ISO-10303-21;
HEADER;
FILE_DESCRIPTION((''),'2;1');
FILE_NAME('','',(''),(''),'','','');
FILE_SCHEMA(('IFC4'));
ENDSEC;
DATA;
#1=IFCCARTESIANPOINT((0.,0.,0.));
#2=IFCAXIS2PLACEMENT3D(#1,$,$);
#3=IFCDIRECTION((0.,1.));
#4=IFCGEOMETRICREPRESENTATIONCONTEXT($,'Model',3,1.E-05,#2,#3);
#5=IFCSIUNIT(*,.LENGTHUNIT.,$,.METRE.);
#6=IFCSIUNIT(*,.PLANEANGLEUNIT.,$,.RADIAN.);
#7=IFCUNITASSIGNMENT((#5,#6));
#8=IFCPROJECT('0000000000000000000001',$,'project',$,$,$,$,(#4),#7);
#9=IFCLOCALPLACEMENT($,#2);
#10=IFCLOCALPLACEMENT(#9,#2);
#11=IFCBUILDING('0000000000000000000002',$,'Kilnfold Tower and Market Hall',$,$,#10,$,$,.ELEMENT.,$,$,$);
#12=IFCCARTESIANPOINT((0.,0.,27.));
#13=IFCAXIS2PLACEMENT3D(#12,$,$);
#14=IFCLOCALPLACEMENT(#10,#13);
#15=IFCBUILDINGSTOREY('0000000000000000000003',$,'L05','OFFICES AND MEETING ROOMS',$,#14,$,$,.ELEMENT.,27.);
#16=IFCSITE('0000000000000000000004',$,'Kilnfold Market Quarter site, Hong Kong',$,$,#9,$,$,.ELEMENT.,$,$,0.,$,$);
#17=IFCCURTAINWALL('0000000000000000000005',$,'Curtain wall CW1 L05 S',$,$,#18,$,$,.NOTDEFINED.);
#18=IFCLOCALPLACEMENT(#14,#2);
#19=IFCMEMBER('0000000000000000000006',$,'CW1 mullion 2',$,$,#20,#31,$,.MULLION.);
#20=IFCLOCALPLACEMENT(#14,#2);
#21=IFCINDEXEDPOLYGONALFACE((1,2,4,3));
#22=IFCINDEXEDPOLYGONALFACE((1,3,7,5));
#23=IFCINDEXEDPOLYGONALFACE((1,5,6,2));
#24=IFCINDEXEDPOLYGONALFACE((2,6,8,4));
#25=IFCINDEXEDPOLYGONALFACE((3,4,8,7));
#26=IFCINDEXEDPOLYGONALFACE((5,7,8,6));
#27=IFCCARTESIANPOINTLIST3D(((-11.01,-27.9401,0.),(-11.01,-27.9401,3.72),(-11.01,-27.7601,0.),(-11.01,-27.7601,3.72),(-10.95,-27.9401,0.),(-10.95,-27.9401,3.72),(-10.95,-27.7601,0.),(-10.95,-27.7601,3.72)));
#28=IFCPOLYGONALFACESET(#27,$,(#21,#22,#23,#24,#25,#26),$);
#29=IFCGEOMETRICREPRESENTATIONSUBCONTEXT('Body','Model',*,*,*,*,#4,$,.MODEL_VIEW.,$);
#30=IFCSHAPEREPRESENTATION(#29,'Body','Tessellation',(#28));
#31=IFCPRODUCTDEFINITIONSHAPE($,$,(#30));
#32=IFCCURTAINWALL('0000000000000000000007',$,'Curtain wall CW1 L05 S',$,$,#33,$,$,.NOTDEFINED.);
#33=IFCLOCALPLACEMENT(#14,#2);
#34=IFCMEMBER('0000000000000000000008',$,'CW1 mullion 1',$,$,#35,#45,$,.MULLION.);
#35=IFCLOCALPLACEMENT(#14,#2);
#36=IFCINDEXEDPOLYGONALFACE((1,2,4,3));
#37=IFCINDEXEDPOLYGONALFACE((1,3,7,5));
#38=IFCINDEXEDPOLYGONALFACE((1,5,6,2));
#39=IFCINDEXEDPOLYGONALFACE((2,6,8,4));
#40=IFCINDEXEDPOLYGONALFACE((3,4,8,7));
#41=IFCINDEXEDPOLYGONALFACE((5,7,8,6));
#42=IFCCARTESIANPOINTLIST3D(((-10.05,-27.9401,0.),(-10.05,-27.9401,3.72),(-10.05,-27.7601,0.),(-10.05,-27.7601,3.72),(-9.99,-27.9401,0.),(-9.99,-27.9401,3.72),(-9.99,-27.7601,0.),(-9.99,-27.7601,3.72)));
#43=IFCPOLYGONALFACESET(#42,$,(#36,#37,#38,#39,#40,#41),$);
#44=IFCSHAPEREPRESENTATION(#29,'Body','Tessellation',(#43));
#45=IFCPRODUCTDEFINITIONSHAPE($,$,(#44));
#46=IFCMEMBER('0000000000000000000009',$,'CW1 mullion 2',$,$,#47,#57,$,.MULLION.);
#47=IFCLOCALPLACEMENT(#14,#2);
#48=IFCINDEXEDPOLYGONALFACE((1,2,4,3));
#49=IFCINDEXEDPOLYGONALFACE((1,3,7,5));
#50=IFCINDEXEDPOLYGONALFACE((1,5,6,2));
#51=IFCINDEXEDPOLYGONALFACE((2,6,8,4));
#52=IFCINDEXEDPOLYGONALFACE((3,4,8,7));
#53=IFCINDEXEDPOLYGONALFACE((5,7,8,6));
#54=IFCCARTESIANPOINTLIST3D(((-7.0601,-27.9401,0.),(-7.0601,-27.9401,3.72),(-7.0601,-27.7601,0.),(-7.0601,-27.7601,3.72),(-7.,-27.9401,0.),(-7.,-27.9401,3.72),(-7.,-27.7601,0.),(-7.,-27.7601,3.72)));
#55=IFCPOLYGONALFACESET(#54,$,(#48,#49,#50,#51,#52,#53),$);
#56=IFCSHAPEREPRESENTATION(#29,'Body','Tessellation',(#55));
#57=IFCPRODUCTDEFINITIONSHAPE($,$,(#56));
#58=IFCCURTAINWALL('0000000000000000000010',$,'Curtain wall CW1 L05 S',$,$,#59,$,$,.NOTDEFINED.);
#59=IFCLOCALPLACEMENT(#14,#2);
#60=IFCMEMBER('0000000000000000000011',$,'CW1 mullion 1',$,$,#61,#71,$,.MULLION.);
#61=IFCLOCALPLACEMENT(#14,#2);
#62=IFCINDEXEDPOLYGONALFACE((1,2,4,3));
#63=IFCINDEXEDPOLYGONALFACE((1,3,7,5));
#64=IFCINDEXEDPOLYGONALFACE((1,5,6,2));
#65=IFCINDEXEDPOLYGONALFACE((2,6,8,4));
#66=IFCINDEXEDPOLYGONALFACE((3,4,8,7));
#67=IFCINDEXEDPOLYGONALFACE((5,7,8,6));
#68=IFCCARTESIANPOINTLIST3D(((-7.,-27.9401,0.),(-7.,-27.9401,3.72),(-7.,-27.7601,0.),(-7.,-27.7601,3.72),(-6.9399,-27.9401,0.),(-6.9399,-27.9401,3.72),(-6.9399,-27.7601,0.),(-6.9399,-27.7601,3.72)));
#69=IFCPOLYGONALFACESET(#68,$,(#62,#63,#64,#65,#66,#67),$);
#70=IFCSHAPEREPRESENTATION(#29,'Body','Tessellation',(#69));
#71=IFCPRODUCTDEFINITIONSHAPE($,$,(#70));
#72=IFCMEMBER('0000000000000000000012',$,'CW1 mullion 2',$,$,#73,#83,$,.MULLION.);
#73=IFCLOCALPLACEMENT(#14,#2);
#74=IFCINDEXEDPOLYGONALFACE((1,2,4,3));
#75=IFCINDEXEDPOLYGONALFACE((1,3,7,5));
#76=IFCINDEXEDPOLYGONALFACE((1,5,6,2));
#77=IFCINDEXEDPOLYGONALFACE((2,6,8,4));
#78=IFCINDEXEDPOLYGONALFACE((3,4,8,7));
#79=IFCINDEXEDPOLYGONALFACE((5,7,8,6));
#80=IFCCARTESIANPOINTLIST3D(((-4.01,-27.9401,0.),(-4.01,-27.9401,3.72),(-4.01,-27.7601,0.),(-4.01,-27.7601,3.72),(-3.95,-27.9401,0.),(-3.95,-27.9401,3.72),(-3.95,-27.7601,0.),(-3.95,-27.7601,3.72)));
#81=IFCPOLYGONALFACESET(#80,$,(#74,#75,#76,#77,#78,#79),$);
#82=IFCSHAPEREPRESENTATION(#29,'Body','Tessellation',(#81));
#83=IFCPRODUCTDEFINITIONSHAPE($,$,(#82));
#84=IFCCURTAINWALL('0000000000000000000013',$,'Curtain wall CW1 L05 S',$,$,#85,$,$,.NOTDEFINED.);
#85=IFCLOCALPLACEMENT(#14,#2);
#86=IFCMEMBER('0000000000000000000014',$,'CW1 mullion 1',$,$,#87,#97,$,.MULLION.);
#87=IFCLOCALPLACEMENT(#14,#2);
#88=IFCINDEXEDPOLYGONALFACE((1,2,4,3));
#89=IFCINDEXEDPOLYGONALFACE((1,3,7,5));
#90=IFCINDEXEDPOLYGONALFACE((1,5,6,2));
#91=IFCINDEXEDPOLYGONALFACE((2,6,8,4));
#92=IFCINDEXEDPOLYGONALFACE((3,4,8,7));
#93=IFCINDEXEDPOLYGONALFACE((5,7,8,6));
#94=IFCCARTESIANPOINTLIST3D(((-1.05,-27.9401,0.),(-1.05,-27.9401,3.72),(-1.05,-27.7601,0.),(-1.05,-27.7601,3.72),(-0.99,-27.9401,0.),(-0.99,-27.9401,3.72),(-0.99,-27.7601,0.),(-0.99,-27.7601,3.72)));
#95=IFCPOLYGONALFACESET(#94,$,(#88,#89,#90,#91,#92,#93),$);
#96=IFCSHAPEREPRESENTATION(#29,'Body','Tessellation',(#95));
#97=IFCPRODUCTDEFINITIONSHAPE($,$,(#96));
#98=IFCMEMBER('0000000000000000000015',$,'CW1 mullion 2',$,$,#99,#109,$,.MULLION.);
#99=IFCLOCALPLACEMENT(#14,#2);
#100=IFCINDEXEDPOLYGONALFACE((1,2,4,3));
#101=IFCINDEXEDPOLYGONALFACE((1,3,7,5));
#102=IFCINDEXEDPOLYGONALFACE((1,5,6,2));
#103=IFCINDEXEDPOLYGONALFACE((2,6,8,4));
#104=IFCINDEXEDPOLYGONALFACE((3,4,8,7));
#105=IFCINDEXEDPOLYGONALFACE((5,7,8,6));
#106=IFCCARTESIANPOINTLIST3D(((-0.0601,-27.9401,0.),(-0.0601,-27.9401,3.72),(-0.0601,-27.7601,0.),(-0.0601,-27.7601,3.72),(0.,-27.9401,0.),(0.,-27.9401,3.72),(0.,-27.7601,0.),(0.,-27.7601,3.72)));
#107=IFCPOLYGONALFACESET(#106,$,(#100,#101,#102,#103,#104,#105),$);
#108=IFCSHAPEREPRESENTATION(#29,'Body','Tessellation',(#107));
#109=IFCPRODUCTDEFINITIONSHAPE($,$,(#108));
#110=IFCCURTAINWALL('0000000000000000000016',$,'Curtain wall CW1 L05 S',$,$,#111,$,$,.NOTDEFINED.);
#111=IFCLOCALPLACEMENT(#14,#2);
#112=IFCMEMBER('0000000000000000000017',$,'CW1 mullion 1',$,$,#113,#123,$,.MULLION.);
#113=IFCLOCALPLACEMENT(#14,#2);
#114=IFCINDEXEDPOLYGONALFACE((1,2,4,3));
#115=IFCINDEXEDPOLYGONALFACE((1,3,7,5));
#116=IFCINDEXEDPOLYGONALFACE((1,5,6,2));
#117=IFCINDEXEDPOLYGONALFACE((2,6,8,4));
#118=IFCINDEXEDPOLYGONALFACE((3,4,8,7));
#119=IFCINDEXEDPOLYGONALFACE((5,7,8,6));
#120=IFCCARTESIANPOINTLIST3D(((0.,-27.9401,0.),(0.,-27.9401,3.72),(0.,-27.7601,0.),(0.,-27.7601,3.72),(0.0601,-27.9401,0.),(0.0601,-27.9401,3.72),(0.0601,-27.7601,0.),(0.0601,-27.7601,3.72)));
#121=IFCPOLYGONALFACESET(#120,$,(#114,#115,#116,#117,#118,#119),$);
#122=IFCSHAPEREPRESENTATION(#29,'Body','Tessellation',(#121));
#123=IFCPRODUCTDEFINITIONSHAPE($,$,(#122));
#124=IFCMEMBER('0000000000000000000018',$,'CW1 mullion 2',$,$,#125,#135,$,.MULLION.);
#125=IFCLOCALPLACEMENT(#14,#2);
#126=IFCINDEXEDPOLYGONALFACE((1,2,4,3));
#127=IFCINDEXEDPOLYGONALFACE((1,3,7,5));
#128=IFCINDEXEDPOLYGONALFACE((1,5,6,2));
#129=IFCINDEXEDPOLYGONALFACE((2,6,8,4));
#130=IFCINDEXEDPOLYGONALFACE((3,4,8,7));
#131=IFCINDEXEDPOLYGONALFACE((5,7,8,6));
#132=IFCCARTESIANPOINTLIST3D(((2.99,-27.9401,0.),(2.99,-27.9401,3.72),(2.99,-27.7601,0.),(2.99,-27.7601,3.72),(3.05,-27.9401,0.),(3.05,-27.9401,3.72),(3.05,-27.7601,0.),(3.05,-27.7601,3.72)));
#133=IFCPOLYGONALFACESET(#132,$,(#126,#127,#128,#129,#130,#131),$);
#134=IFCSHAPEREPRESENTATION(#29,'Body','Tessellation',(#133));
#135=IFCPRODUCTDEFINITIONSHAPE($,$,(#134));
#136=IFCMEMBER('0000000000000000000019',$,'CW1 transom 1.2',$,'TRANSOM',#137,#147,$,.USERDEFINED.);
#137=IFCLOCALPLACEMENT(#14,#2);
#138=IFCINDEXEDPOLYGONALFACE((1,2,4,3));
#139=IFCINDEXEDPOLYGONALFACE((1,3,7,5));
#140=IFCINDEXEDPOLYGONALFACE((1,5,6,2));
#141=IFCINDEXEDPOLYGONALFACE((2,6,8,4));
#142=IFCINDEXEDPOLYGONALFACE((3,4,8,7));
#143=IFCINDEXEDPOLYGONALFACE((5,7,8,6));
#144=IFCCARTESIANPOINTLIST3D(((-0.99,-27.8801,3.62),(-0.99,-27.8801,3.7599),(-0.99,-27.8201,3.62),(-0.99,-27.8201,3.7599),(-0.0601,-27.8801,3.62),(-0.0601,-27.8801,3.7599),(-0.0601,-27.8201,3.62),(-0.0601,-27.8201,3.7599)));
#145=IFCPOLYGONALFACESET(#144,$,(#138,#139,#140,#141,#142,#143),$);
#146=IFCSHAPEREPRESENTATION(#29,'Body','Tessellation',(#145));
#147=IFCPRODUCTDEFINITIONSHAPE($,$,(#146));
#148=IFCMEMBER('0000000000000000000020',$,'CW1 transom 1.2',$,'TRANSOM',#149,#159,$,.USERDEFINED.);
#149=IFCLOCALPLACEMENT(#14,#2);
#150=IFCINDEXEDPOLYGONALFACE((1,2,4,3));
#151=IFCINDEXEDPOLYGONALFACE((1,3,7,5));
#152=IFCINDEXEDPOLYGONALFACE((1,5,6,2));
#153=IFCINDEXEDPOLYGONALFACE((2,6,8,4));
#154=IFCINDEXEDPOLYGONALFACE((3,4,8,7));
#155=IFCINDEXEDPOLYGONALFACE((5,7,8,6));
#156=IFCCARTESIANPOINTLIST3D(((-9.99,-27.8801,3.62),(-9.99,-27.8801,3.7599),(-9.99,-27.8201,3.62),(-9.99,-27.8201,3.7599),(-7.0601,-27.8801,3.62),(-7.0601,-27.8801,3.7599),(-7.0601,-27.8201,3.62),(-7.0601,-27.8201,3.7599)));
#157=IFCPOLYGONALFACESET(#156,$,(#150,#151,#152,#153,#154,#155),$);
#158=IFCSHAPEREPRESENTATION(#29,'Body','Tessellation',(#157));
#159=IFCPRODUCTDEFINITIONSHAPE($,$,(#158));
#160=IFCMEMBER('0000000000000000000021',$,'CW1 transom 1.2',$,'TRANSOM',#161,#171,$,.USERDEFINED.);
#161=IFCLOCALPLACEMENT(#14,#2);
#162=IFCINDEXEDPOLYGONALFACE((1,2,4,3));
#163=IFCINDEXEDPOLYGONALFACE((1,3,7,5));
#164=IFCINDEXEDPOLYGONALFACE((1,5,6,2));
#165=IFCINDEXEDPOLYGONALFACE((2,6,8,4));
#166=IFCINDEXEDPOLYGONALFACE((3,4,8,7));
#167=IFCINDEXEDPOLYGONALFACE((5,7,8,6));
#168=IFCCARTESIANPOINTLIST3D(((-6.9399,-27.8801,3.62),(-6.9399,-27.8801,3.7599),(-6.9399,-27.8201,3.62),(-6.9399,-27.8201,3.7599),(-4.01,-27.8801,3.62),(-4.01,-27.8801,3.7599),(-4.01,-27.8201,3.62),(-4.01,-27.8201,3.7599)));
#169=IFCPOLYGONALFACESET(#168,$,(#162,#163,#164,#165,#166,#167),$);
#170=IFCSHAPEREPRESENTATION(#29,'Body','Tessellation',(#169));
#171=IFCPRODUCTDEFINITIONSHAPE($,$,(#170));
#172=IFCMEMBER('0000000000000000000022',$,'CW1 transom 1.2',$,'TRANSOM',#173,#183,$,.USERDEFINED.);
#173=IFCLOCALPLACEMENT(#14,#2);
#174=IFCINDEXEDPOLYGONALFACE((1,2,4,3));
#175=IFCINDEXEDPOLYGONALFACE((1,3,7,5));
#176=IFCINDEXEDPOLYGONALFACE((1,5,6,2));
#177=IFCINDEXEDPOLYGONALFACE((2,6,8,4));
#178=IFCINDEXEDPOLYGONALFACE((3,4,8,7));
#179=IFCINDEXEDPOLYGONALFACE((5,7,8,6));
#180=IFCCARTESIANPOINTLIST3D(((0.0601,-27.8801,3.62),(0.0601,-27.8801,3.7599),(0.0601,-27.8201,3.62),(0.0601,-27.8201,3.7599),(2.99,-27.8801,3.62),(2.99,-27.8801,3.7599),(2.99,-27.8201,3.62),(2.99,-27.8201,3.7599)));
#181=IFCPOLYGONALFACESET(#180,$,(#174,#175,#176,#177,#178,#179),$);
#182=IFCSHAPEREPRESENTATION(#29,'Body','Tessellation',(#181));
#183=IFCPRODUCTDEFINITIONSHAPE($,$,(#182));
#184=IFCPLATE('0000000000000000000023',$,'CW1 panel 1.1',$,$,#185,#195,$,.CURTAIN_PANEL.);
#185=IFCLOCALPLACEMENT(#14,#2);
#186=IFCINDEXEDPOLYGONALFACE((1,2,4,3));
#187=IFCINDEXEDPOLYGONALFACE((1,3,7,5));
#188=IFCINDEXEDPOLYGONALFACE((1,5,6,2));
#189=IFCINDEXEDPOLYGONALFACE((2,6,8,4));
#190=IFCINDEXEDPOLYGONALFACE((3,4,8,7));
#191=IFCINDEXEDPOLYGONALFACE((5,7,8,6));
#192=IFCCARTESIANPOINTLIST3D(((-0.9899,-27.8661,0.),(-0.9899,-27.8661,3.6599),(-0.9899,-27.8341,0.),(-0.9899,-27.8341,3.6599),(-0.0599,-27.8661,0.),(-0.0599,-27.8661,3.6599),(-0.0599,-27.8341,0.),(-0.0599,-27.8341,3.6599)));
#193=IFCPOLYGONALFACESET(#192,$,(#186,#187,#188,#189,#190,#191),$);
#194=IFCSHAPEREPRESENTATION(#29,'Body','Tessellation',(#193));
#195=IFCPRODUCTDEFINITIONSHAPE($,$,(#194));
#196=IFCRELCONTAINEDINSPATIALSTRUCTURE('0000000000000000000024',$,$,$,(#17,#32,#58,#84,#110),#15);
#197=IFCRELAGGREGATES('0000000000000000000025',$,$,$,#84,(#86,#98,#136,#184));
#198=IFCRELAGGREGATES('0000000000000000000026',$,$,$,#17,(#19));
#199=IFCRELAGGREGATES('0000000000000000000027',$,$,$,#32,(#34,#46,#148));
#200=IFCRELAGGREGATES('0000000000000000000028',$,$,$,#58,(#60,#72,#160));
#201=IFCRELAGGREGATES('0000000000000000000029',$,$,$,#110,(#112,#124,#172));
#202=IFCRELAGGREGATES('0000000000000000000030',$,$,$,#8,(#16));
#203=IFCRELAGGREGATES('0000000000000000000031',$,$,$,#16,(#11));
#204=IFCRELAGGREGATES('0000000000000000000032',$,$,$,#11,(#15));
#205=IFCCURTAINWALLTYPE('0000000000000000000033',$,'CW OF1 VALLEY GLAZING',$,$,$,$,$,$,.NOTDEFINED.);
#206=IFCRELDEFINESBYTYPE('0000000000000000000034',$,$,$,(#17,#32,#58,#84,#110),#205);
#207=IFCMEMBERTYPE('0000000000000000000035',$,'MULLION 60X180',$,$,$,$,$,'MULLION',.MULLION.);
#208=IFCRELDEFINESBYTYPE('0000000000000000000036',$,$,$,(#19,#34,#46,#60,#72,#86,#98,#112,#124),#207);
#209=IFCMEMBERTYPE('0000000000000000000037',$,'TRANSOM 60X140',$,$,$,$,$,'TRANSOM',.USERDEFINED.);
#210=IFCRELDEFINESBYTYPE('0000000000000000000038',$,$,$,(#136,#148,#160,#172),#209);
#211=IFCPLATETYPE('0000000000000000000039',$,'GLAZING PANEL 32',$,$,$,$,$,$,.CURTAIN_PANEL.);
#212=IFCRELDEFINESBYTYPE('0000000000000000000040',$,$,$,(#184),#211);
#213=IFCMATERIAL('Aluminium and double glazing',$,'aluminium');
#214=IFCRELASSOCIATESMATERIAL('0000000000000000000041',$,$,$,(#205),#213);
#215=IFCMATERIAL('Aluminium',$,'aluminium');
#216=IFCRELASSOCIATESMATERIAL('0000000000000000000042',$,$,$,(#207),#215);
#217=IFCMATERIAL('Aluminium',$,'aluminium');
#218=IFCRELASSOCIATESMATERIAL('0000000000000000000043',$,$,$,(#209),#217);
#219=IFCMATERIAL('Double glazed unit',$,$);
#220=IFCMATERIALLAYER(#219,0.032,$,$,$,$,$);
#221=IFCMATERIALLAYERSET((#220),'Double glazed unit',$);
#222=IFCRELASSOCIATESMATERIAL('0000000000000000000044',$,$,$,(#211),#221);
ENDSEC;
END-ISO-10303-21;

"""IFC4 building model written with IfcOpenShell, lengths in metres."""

from ifc_helpers import new_model, si_unit, direction, frame, origin, origin_2d, place, context, subcontext, project, spatial, rectangle, extrude, source, transform, mapped, material, layer, layer_set, material_profile, profile_set, type_object, element, aggregate, save


model = new_model("IFC4")

# Units and contexts
model_context = context("Model", 3, precision=1e-05, world=origin(), true_north=direction((0.0, 1.0)))
body_context = subcontext(model_context, "Body", "Model", "MODEL_VIEW")
ifc_project = project(units=[si_unit("LENGTHUNIT", "METRE"), si_unit("PLANEANGLEUNIT", "RADIAN")], contexts=[model_context])

# Site, building, storey
site_placement = place(None, origin())
site = spatial("IfcSite", under=ifc_project, at=site_placement, Name="Kilnfold Market Quarter site, Hong Kong", CompositionType="ELEMENT", RefElevation=0.0)
building_placement = place(site_placement, origin())
building = spatial("IfcBuilding", under=site, at=building_placement, Name="Kilnfold Tower and Market Hall", CompositionType="ELEMENT")
storey_placement = place(building_placement, frame((0.0, 0.0, 27.0)))
storey = spatial("IfcBuildingStorey", under=building, at=storey_placement, Name="L05", Description="OFFICES AND MEETING ROOMS", CompositionType="ELEMENT", Elevation=27.0)

# Curtain wall, member
ifc_material_1 = material(Name="Aluminium and double glazing", Category="aluminium")
curtain_wall_type = type_object("IfcCurtainWallType", Name="CW OF1 VALLEY GLAZING", PredefinedType="NOTDEFINED", material=ifc_material_1)
curtain_wall_1_placement = place(storey_placement, origin())
curtain_wall_1 = element("IfcCurtainWall", 1, at=curtain_wall_1_placement, inside=storey, type_object=curtain_wall_type, Name="Curtain wall CW1 L05 S", PredefinedType="NOTDEFINED")
ifc_material_2 = material(Name="Aluminium", Category="aluminium")
ifc_material_profile_1 = material_profile(ifc_material_2, rectangle(XDim=0.0601, YDim=0.1799, at=origin_2d()), Name="MULLION 60x180")
ifc_profile_set_1 = profile_set([ifc_material_profile_1], Name="Aluminium")
member_type_1 = type_object("IfcMemberType", Name="MULLION 60X180", ElementType="MULLION", PredefinedType="MULLION", material=ifc_profile_set_1)
shared_shape_1 = source(origin(), body_context, "Body", "SweptSolid", [
    extrude(rectangle(XDim=0.0601, YDim=0.1799, at=origin_2d()), origin(), (0.0, 0.0, 1.0), 3.72),
])
member_1_placement = place(storey_placement, frame((-10.98, -27.8501, 0.0), z_axis=(0.0, 0.0, 1.0), x_axis=(1.0, 0.0, 0.0)))
member_1 = element("IfcMember", 2, at=member_1_placement, type_object=member_type_1, Name="CW1 mullion 2", PredefinedType="MULLION", context=body_context, shape_type="MappedRepresentation", body=[
    mapped(shared_shape_1, transform((0.0, 0.0, 0.0))),
])

# Curtain walls, members
curtain_wall_2_placement = place(storey_placement, origin())
curtain_wall_2 = element("IfcCurtainWall", 3, at=curtain_wall_2_placement, inside=storey, type_object=curtain_wall_type, Name="Curtain wall CW1 L05 S", PredefinedType="NOTDEFINED")
member_2_placement = place(storey_placement, frame((-10.02, -27.8501, 0.0), z_axis=(0.0, 0.0, 1.0), x_axis=(1.0, 0.0, 0.0)))
member_2 = element("IfcMember", 4, at=member_2_placement, type_object=member_type_1, Name="CW1 mullion 1", PredefinedType="MULLION", context=body_context, shape_type="MappedRepresentation", body=[
    mapped(shared_shape_1, transform((0.0, 0.0, 0.0))),
])
member_3_placement = place(storey_placement, frame((-7.03, -27.8501, 0.0), z_axis=(0.0, 0.0, 1.0), x_axis=(1.0, 0.0, 0.0)))
member_3 = element("IfcMember", 5, at=member_3_placement, type_object=member_type_1, Name="CW1 mullion 2", PredefinedType="MULLION", context=body_context, shape_type="MappedRepresentation", body=[
    mapped(shared_shape_1, transform((0.0, 0.0, 0.0))),
])
curtain_wall_3_placement = place(storey_placement, origin())
curtain_wall_3 = element("IfcCurtainWall", 6, at=curtain_wall_3_placement, inside=storey, type_object=curtain_wall_type, Name="Curtain wall CW1 L05 S", PredefinedType="NOTDEFINED")
member_4_placement = place(storey_placement, frame((-6.97, -27.8501, 0.0), z_axis=(0.0, 0.0, 1.0), x_axis=(1.0, 0.0, 0.0)))
member_4 = element("IfcMember", 7, at=member_4_placement, type_object=member_type_1, Name="CW1 mullion 1", PredefinedType="MULLION", context=body_context, shape_type="MappedRepresentation", body=[
    mapped(shared_shape_1, transform((0.0, 0.0, 0.0))),
])
member_5_placement = place(storey_placement, frame((-3.98, -27.8501, 0.0), z_axis=(0.0, 0.0, 1.0), x_axis=(1.0, 0.0, 0.0)))
member_5 = element("IfcMember", 8, at=member_5_placement, type_object=member_type_1, Name="CW1 mullion 2", PredefinedType="MULLION", context=body_context, shape_type="MappedRepresentation", body=[
    mapped(shared_shape_1, transform((0.0, 0.0, 0.0))),
])
curtain_wall_4_placement = place(storey_placement, origin())
curtain_wall_4 = element("IfcCurtainWall", 9, at=curtain_wall_4_placement, inside=storey, type_object=curtain_wall_type, Name="Curtain wall CW1 L05 S", PredefinedType="NOTDEFINED")
member_6_placement = place(storey_placement, frame((-1.02, -27.8501, 0.0), z_axis=(0.0, 0.0, 1.0), x_axis=(1.0, 0.0, 0.0)))
member_6 = element("IfcMember", 10, at=member_6_placement, type_object=member_type_1, Name="CW1 mullion 1", PredefinedType="MULLION", context=body_context, shape_type="MappedRepresentation", body=[
    mapped(shared_shape_1, transform((0.0, 0.0, 0.0))),
])
member_7_placement = place(storey_placement, frame((-0.03, -27.8501, 0.0), z_axis=(0.0, 0.0, 1.0), x_axis=(1.0, 0.0, 0.0)))
member_7 = element("IfcMember", 11, at=member_7_placement, type_object=member_type_1, Name="CW1 mullion 2", PredefinedType="MULLION", context=body_context, shape_type="MappedRepresentation", body=[
    mapped(shared_shape_1, transform((0.0, 0.0, 0.0))),
])
curtain_wall_5_placement = place(storey_placement, origin())
curtain_wall_5 = element("IfcCurtainWall", 12, at=curtain_wall_5_placement, inside=storey, type_object=curtain_wall_type, Name="Curtain wall CW1 L05 S", PredefinedType="NOTDEFINED")
member_8_placement = place(storey_placement, frame((0.03, -27.8501, 0.0), z_axis=(0.0, 0.0, 1.0), x_axis=(1.0, 0.0, 0.0)))
member_8 = element("IfcMember", 13, at=member_8_placement, type_object=member_type_1, Name="CW1 mullion 1", PredefinedType="MULLION", context=body_context, shape_type="MappedRepresentation", body=[
    mapped(shared_shape_1, transform((0.0, 0.0, 0.0))),
])
member_9_placement = place(storey_placement, frame((3.02, -27.8501, 0.0), z_axis=(0.0, 0.0, 1.0), x_axis=(1.0, 0.0, 0.0)))
member_9 = element("IfcMember", 14, at=member_9_placement, type_object=member_type_1, Name="CW1 mullion 2", PredefinedType="MULLION", context=body_context, shape_type="MappedRepresentation", body=[
    mapped(shared_shape_1, transform((0.0, 0.0, 0.0))),
])

# Members
ifc_material_3 = material(Name="Aluminium", Category="aluminium")
ifc_material_profile_2 = material_profile(ifc_material_3, rectangle(XDim=0.0601, YDim=0.1399, at=origin_2d()), Name="TRANSOM 60x140")
ifc_profile_set_2 = profile_set([ifc_material_profile_2], Name="Aluminium")
member_type_2 = type_object("IfcMemberType", Name="TRANSOM 60X140", ElementType="TRANSOM", PredefinedType="USERDEFINED", material=ifc_profile_set_2)
shared_shape_2 = source(origin(), body_context, "Body", "SweptSolid", [
    extrude(rectangle(XDim=0.0601, YDim=0.1399, at=origin_2d()), origin(), (0.0, 0.0, 1.0), 0.9299),
])
member_10_placement = place(storey_placement, frame((-0.99, -27.8501, 3.6899), z_axis=(1.0, 0.0, 0.0), x_axis=(0.0, 1.0, 0.0)))
member_10 = element("IfcMember", 15, at=member_10_placement, type_object=member_type_2, Name="CW1 transom 1.2", ObjectType="TRANSOM", PredefinedType="USERDEFINED", context=body_context, shape_type="MappedRepresentation", body=[
    mapped(shared_shape_2, transform((0.0, 0.0, 0.0))),
])
shared_shape_3 = source(origin(), body_context, "Body", "SweptSolid", [
    extrude(rectangle(XDim=0.0601, YDim=0.1399, at=origin_2d()), origin(), (0.0, 0.0, 1.0), 2.9299),
])
member_11_placement = place(storey_placement, frame((-9.99, -27.8501, 3.6899), z_axis=(1.0, 0.0, 0.0), x_axis=(0.0, 1.0, 0.0)))
member_11 = element("IfcMember", 16, at=member_11_placement, type_object=member_type_2, Name="CW1 transom 1.2", ObjectType="TRANSOM", PredefinedType="USERDEFINED", context=body_context, shape_type="MappedRepresentation", body=[
    mapped(shared_shape_3, transform((0.0, 0.0, 0.0))),
])
member_12_placement = place(storey_placement, frame((-6.9399, -27.8501, 3.6899), z_axis=(1.0, 0.0, 0.0), x_axis=(0.0, 1.0, 0.0)))
member_12 = element("IfcMember", 17, at=member_12_placement, type_object=member_type_2, Name="CW1 transom 1.2", ObjectType="TRANSOM", PredefinedType="USERDEFINED", context=body_context, shape_type="MappedRepresentation", body=[
    mapped(shared_shape_3, transform((0.0, 0.0, 0.0))),
])
member_13_placement = place(storey_placement, frame((0.0601, -27.8501, 3.6899), z_axis=(1.0, 0.0, 0.0), x_axis=(0.0, 1.0, 0.0)))
member_13 = element("IfcMember", 18, at=member_13_placement, type_object=member_type_2, Name="CW1 transom 1.2", ObjectType="TRANSOM", PredefinedType="USERDEFINED", context=body_context, shape_type="MappedRepresentation", body=[
    mapped(shared_shape_3, transform((0.0, 0.0, 0.0))),
])

# Plate
ifc_material_4 = material(Name="Double glazed unit")
ifc_layer_1 = layer(ifc_material_4, 0.032)
ifc_layer_set_1 = layer_set([ifc_layer_1], Name="Double glazed unit")
plate_type = type_object("IfcPlateType", Name="GLAZING PANEL 32", PredefinedType="CURTAIN_PANEL", material=ifc_layer_set_1)
shared_shape_4 = source(origin(), body_context, "Body", "SweptSolid", [
    extrude(rectangle(XDim=0.9299, YDim=0.032, at=origin_2d()), origin(), (0.0, 0.0, 1.0), 3.6599),
])
plate_1_placement = place(storey_placement, frame((-0.5249, -27.8501, 0.0), z_axis=(0.0, 0.0, 1.0), x_axis=(1.0, 0.0, 0.0)))
plate_1 = element("IfcPlate", 19, at=plate_1_placement, type_object=plate_type, Name="CW1 panel 1.1", PredefinedType="CURTAIN_PANEL", context=body_context, shape_type="MappedRepresentation", body=[
    mapped(shared_shape_4, transform((0.0, 0.0, 0.0))),
])
aggregate(curtain_wall_4, [member_6, member_7, member_10, plate_1])
aggregate(curtain_wall_1, [member_1])
aggregate(curtain_wall_2, [member_2, member_3, member_11])
aggregate(curtain_wall_3, [member_4, member_5, member_12])
aggregate(curtain_wall_5, [member_8, member_9, member_13])

save(model, "model.ifc")
